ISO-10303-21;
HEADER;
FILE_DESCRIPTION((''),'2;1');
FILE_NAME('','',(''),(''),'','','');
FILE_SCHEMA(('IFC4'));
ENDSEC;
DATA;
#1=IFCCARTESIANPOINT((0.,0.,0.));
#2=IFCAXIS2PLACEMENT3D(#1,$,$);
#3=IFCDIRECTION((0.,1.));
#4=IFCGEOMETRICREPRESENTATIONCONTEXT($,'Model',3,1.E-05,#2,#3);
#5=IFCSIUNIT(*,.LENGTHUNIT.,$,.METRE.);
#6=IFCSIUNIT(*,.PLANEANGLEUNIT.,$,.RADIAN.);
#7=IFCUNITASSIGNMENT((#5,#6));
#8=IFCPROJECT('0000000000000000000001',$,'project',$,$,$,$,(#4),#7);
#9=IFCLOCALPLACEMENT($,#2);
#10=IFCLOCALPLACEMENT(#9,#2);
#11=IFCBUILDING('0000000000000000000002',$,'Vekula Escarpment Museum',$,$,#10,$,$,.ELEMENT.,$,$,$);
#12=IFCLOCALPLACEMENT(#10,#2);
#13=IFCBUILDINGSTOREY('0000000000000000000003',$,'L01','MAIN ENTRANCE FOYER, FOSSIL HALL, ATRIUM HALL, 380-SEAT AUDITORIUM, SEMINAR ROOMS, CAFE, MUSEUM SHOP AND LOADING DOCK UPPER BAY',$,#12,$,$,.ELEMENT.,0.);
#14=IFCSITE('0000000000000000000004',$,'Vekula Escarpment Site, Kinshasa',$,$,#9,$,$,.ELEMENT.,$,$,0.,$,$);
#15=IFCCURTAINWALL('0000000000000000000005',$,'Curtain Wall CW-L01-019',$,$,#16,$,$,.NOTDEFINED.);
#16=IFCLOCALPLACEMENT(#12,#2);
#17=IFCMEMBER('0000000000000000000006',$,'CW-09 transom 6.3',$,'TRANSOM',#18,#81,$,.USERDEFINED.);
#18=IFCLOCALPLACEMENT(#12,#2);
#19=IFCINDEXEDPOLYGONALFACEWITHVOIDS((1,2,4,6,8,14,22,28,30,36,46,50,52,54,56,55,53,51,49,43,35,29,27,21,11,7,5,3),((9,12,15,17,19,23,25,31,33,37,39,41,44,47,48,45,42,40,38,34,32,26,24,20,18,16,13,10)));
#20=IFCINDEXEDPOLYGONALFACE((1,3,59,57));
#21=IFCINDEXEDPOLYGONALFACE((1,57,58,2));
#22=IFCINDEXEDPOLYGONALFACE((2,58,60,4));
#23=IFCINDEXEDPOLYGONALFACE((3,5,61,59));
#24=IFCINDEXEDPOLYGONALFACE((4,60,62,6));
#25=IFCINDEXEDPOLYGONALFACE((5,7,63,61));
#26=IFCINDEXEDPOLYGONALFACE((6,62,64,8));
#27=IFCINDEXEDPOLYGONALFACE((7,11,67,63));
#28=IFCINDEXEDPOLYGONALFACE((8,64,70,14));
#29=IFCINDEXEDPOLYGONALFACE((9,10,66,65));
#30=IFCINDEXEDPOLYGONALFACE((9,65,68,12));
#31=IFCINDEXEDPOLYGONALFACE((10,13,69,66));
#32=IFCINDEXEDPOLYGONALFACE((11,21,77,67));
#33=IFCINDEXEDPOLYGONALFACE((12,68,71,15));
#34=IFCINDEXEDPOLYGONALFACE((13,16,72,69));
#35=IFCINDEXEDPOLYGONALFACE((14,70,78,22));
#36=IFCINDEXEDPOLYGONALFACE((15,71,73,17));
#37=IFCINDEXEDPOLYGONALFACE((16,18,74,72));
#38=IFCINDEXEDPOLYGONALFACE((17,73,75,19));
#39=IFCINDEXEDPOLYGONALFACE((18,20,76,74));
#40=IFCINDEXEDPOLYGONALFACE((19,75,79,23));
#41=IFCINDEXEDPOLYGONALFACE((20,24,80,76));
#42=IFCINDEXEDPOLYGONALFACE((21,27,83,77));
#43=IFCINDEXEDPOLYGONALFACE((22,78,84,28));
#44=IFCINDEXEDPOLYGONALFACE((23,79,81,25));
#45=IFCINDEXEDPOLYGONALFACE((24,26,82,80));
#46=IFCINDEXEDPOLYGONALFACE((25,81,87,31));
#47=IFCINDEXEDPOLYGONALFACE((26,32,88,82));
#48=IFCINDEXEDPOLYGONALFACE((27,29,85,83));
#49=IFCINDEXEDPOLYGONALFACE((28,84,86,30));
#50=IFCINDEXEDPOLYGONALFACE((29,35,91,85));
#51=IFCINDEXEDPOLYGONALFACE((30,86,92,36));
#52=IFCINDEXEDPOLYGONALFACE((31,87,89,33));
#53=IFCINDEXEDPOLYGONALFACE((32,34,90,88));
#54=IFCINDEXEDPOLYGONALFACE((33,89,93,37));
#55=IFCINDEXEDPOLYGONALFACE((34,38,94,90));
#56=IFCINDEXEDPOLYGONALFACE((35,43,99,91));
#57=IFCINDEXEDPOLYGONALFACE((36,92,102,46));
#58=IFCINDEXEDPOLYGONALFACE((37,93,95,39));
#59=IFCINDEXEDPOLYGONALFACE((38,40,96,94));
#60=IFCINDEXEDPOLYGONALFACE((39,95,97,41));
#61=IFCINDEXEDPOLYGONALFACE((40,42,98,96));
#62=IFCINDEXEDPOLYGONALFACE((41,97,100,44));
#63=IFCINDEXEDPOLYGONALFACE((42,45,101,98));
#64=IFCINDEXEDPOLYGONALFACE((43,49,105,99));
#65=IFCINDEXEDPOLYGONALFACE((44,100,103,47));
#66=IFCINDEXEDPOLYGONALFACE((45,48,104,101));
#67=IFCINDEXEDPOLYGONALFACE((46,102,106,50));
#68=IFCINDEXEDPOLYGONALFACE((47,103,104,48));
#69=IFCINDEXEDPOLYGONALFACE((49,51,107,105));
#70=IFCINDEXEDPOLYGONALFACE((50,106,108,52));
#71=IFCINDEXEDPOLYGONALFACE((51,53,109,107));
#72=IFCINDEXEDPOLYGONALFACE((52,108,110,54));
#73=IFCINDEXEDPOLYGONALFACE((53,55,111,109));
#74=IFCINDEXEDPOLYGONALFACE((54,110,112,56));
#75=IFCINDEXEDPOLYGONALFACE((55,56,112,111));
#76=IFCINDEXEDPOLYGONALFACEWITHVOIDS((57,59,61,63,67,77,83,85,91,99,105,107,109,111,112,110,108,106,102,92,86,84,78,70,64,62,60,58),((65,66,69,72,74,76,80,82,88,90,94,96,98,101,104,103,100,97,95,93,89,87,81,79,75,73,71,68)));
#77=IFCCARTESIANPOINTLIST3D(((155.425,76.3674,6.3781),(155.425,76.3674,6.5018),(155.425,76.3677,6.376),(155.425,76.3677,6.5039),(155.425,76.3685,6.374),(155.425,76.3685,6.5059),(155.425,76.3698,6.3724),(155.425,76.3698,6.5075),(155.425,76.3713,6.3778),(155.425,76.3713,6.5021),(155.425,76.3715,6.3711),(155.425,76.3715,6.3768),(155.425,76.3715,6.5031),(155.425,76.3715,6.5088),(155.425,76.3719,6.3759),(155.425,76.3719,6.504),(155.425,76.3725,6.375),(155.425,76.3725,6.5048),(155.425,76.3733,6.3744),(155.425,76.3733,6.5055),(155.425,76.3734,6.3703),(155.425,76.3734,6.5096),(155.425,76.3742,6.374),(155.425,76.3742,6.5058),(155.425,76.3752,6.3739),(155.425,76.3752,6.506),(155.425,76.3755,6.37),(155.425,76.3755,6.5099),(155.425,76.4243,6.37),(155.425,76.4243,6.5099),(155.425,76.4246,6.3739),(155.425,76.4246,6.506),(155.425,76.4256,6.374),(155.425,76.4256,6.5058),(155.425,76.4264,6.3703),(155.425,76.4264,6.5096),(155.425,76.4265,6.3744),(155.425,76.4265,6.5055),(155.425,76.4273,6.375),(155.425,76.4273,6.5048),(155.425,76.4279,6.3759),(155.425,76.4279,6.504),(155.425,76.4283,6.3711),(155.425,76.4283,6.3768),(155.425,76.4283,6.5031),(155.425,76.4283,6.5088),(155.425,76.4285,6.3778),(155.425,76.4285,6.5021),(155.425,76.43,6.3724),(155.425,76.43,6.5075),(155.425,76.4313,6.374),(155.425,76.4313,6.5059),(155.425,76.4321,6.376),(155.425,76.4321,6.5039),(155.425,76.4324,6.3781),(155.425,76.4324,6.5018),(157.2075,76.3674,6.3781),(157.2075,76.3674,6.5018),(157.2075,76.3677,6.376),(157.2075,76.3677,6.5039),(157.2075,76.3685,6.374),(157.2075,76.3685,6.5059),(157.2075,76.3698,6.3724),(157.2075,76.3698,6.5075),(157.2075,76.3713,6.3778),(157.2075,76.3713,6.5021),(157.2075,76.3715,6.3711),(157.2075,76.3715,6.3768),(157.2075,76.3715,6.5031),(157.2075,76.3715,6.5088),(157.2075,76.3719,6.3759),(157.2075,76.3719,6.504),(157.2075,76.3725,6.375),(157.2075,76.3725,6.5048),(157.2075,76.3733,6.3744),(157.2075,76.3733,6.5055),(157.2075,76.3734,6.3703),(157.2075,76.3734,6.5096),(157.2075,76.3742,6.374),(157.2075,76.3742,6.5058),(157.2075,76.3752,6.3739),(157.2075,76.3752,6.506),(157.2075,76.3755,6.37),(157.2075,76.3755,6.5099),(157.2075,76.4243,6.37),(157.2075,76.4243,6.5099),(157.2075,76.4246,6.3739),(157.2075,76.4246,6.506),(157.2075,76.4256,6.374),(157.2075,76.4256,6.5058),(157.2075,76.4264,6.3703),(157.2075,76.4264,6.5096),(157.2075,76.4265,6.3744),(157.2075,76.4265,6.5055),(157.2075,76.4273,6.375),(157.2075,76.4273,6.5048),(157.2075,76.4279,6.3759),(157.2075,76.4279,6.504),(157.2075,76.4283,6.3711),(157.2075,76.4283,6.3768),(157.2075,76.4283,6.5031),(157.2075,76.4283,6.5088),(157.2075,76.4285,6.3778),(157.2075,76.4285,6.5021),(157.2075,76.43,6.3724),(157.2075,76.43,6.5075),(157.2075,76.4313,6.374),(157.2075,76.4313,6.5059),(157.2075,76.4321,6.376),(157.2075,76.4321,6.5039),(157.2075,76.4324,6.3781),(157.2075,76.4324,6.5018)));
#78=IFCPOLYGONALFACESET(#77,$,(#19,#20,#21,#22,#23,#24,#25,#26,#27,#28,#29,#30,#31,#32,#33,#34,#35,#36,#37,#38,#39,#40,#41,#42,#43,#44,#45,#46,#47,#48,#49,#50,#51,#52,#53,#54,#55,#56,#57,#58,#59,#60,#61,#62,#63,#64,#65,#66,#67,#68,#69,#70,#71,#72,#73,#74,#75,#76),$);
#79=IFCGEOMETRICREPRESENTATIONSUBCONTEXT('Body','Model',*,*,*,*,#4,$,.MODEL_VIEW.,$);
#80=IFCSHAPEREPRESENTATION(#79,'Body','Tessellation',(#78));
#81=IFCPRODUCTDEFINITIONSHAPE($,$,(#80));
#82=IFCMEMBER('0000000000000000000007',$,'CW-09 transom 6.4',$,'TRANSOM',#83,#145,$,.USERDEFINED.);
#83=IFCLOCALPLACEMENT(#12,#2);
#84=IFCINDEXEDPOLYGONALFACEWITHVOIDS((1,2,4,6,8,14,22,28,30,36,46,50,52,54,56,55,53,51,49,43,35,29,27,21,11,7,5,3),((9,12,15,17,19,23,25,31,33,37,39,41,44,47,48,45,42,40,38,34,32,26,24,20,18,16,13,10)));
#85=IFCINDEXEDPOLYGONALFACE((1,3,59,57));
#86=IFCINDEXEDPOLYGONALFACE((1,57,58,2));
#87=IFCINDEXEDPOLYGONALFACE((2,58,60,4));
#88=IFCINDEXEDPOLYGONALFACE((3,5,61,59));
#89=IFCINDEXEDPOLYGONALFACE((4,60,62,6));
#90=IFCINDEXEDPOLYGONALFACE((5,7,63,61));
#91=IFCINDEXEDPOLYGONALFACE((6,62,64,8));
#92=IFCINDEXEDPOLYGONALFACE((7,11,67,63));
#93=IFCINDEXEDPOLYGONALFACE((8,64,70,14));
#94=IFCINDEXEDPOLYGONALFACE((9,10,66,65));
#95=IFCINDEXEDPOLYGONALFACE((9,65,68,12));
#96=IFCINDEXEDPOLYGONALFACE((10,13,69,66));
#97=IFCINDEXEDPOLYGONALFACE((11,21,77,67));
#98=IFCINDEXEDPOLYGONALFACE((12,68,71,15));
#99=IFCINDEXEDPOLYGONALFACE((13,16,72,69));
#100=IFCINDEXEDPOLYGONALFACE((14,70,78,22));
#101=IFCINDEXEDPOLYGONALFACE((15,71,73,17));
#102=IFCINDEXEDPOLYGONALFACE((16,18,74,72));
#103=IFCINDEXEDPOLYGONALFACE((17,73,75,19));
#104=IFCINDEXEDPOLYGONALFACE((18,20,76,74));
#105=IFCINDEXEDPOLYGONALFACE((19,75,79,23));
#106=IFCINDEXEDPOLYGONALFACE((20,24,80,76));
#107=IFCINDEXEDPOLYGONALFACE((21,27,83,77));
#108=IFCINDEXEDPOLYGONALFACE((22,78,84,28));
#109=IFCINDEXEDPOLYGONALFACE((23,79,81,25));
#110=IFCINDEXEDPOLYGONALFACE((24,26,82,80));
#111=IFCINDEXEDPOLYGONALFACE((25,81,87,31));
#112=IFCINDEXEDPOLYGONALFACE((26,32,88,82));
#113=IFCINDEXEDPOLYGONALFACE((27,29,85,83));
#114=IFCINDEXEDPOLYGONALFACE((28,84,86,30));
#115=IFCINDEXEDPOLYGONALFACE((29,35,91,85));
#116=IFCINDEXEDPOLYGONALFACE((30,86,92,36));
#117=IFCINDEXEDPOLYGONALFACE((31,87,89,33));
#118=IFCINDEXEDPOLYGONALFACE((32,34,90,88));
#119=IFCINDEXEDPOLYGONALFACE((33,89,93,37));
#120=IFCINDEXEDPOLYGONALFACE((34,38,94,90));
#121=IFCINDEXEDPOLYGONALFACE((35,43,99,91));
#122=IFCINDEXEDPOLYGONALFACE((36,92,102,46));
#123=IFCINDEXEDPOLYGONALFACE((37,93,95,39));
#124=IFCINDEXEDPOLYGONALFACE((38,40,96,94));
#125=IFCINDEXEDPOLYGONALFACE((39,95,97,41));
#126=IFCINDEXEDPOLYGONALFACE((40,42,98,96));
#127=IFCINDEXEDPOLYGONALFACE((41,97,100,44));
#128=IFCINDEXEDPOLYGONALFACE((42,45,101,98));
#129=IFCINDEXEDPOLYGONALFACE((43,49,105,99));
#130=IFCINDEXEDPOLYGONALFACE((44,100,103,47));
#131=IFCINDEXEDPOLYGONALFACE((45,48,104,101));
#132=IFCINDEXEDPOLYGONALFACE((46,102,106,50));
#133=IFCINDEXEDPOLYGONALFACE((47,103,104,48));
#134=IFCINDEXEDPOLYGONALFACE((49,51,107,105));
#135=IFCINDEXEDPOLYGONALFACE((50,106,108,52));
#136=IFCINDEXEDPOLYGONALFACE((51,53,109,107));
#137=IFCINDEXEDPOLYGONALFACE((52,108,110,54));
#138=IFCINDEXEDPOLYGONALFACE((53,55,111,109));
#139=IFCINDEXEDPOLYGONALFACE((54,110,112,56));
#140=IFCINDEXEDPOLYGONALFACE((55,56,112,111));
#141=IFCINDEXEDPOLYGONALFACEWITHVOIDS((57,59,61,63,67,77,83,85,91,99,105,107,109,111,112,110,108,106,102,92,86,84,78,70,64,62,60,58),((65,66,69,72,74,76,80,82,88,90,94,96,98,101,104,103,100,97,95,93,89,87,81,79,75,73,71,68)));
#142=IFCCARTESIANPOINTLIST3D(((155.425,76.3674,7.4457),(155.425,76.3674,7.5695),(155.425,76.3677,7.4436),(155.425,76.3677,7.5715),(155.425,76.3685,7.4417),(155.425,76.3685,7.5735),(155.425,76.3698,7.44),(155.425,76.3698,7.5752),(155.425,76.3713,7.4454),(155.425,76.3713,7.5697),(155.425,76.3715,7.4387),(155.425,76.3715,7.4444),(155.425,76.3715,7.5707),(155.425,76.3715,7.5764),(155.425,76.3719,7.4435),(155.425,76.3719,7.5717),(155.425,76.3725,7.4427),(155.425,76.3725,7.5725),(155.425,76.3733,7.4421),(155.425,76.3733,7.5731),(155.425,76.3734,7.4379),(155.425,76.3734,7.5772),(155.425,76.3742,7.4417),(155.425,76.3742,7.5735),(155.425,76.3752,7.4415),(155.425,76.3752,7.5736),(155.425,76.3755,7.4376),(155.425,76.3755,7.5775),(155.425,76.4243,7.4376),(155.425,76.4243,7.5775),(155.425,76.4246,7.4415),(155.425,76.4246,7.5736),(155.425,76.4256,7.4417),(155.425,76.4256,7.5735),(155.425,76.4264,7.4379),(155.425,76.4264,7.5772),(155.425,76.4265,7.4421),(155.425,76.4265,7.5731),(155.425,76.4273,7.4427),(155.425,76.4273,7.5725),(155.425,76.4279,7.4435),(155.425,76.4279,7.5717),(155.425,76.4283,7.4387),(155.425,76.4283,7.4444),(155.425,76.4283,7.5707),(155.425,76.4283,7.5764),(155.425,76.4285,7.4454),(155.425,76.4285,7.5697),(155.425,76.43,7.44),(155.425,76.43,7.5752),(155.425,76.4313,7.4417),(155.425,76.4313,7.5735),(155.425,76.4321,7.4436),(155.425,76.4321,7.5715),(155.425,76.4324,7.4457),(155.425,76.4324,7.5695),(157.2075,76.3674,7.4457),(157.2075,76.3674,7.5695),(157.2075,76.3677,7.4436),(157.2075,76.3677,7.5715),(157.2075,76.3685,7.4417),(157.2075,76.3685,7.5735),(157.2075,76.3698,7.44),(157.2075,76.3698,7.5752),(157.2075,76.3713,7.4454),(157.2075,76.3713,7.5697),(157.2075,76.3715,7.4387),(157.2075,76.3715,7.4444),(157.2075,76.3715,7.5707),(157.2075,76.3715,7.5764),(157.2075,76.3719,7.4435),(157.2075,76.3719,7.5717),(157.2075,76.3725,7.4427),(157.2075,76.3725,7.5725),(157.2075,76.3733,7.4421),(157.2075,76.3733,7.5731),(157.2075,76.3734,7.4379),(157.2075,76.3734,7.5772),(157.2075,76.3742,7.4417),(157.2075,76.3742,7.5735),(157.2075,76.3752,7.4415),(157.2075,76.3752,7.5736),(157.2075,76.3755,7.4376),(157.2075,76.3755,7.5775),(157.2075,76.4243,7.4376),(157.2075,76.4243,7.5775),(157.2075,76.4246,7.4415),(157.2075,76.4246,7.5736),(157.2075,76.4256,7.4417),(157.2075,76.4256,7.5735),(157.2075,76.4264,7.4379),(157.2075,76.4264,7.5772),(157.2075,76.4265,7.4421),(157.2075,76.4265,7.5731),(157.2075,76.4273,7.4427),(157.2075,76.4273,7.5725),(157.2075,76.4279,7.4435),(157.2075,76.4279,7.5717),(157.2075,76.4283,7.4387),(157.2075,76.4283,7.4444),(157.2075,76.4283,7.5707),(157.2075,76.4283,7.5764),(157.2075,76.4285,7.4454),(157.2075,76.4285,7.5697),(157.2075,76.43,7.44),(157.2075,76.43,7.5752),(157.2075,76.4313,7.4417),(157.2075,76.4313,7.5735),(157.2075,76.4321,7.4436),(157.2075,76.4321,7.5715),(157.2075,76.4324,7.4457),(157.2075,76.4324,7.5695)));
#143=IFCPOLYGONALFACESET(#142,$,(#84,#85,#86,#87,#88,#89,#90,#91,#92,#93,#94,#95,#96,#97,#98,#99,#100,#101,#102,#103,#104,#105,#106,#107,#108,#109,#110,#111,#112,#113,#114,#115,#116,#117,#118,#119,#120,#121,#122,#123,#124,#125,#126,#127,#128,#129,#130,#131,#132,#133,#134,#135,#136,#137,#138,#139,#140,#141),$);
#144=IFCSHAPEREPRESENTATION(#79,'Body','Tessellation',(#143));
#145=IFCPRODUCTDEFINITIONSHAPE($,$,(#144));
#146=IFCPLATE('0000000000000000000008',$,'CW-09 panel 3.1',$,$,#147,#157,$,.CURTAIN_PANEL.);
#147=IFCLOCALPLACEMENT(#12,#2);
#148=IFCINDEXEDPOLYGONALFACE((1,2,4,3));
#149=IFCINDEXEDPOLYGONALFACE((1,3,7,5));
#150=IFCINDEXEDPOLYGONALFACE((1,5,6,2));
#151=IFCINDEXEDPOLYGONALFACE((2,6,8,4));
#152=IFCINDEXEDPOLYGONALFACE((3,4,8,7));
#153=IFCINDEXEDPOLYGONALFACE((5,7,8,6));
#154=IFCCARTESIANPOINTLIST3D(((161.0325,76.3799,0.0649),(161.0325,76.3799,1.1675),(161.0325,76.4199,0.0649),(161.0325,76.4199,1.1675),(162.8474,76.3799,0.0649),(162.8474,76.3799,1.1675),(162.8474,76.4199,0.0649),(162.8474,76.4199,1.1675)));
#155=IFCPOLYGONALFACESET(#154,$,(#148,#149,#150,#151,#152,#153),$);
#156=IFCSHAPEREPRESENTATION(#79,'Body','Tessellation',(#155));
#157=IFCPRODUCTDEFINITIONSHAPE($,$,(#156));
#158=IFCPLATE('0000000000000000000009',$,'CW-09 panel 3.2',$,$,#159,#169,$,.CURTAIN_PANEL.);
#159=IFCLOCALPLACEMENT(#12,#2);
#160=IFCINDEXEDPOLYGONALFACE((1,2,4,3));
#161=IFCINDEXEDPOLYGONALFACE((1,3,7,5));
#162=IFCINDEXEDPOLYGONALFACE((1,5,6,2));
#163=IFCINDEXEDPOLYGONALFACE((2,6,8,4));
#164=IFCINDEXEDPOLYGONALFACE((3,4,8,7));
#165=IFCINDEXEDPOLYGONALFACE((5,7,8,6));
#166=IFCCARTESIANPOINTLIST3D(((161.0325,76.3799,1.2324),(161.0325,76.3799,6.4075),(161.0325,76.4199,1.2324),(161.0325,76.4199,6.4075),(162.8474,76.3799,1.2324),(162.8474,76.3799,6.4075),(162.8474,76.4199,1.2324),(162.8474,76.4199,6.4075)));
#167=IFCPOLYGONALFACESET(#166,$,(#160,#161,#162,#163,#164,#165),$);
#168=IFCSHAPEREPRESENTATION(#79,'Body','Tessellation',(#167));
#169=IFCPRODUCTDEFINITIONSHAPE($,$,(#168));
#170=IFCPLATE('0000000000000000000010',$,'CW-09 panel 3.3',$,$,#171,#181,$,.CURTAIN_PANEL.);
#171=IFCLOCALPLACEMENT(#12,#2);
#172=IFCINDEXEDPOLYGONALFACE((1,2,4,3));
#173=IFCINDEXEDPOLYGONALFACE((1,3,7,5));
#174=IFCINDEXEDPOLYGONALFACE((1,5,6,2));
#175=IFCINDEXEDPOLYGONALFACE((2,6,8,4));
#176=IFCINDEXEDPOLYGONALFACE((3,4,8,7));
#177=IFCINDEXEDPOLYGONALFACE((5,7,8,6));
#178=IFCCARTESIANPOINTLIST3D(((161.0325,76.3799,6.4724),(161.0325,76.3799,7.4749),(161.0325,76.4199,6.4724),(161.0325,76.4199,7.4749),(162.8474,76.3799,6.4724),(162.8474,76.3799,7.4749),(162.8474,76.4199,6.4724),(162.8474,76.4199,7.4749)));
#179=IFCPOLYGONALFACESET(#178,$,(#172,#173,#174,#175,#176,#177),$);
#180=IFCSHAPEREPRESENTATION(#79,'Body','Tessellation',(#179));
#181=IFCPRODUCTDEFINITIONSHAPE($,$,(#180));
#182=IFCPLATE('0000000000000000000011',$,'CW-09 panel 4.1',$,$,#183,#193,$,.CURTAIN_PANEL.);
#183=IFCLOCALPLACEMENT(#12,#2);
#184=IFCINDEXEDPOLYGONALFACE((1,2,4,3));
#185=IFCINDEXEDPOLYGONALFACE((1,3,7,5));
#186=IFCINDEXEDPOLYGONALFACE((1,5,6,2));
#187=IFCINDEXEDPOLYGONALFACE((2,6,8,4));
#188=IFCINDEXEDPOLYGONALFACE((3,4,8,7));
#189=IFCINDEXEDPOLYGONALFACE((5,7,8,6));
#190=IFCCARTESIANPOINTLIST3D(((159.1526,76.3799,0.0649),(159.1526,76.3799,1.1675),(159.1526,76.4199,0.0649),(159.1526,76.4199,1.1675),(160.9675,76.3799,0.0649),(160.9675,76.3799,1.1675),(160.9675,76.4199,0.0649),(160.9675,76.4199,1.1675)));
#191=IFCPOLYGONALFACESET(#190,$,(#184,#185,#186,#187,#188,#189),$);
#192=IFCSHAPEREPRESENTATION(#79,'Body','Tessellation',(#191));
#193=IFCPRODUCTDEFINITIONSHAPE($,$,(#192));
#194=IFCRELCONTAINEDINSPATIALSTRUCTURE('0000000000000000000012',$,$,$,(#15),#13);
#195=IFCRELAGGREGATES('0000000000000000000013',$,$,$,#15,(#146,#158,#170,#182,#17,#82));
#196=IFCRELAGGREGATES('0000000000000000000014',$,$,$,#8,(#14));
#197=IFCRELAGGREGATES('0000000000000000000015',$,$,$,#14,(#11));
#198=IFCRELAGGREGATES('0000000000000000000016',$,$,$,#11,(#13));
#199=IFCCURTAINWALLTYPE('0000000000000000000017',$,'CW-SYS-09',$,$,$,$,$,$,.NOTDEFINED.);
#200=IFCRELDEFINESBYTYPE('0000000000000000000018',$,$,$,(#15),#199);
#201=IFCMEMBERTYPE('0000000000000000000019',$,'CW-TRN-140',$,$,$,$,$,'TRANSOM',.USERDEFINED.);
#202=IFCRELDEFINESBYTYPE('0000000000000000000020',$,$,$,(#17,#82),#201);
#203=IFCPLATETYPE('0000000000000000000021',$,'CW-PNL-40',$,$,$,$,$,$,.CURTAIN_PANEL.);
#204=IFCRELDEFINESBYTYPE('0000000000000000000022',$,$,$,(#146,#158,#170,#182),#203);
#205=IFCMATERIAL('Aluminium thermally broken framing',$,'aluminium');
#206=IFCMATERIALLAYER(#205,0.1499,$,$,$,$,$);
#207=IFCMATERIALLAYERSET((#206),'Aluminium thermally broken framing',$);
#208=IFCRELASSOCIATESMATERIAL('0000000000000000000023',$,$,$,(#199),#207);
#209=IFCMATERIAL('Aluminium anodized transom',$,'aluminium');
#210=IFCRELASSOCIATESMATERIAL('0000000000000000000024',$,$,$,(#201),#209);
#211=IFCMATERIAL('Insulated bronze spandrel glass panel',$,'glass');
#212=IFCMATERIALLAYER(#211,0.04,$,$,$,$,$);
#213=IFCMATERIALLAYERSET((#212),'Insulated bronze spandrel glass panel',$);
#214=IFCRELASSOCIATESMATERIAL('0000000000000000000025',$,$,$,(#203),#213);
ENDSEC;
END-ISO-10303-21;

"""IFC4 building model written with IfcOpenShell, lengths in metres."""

from ifc_helpers import new_model, si_unit, direction, frame, origin, origin_2d, place, context, subcontext, project, spatial, rectangle, hollow_rectangle, extrude, material, layer, layer_set, material_profile, profile_set, type_object, element, aggregate, save


model = new_model("IFC4")

# Units and contexts
model_context = context("Model", 3, precision=1e-05, world=origin(), true_north=direction((0.0, 1.0)))
body_context = subcontext(model_context, "Body", "Model", "MODEL_VIEW")
ifc_project = project(units=[si_unit("LENGTHUNIT", "METRE"), si_unit("PLANEANGLEUNIT", "RADIAN")], contexts=[model_context])

# Site, building, storey
site_placement = place(None, origin())
site = spatial("IfcSite", under=ifc_project, at=site_placement, Name="Vekula Escarpment Site, Kinshasa", CompositionType="ELEMENT", RefElevation=0.0)
building_placement = place(site_placement, origin())
building = spatial("IfcBuilding", under=site, at=building_placement, Name="Vekula Escarpment Museum", CompositionType="ELEMENT")
storey_placement = place(building_placement, origin())
storey = spatial("IfcBuildingStorey", under=building, at=storey_placement, Name="L01", Description="MAIN ENTRANCE FOYER, FOSSIL HALL, ATRIUM HALL, 380-SEAT AUDITORIUM, SEMINAR ROOMS, CAFE, MUSEUM SHOP AND LOADING DOCK UPPER BAY", CompositionType="ELEMENT", Elevation=0.0)

# Curtain wall
ifc_material_1 = material(Name="Aluminium thermally broken framing", Category="aluminium")
ifc_layer_1 = layer(ifc_material_1, 0.1499)
ifc_layer_set_1 = layer_set([ifc_layer_1], Name="Aluminium thermally broken framing")
curtain_wall_type_1 = type_object("IfcCurtainWallType", Name="CW-SYS-09", PredefinedType="NOTDEFINED", material=ifc_layer_set_1)
curtain_wall_1_placement = place(storey_placement, origin())
curtain_wall_1 = element("IfcCurtainWall", 1, at=curtain_wall_1_placement, inside=storey, type_object=curtain_wall_type_1, Name="Curtain Wall CW-L01-019", PredefinedType="NOTDEFINED")

# Members
ifc_material_2 = material(Name="Aluminium anodized transom", Category="aluminium")
ifc_material_profile_1 = material_profile(ifc_material_2, hollow_rectangle(XDim=0.0649, YDim=0.1399, WallThickness=0.0039, InnerFilletRadius=0.0039, OuterFilletRadius=0.0081, at=origin_2d()), Name="ALU 140x65x4")
ifc_profile_set_1 = profile_set([ifc_material_profile_1], Name="Aluminium anodized transom")
member_type_1 = type_object("IfcMemberType", Name="CW-TRN-140", ElementType="TRANSOM", PredefinedType="USERDEFINED", material=ifc_profile_set_1)
member_1_placement = place(storey_placement, frame((157.2075, 76.3999, 6.4399), z_axis=(-1.0, 0.0, 0.0), x_axis=(0.0, -1.0, 0.0)))
member_1 = element("IfcMember", 2, at=member_1_placement, type_object=member_type_1, Name="CW-09 transom 6.3", ObjectType="TRANSOM", PredefinedType="USERDEFINED", context=body_context, shape_type="SweptSolid", body=[
    extrude(hollow_rectangle(XDim=0.0649, YDim=0.1399, WallThickness=0.0039, InnerFilletRadius=0.0039, OuterFilletRadius=0.0081, at=origin_2d()), origin(), (0.0, 0.0, 1.0), 1.7825),
])
member_2_placement = place(storey_placement, frame((157.2075, 76.3999, 7.5076), z_axis=(-1.0, 0.0, 0.0), x_axis=(0.0, -1.0, 0.0)))
member_2 = element("IfcMember", 3, at=member_2_placement, type_object=member_type_1, Name="CW-09 transom 6.4", ObjectType="TRANSOM", PredefinedType="USERDEFINED", context=body_context, shape_type="SweptSolid", body=[
    extrude(hollow_rectangle(XDim=0.0649, YDim=0.1399, WallThickness=0.0039, InnerFilletRadius=0.0039, OuterFilletRadius=0.0081, at=origin_2d()), origin(), (0.0, 0.0, 1.0), 1.7825),
])

# Plates
ifc_material_3 = material(Name="Insulated bronze spandrel glass panel", Category="glass")
ifc_layer_2 = layer(ifc_material_3, 0.04)
ifc_layer_set_2 = layer_set([ifc_layer_2], Name="Insulated bronze spandrel glass panel")
plate_type = type_object("IfcPlateType", Name="CW-PNL-40", PredefinedType="CURTAIN_PANEL", material=ifc_layer_set_2)
plate_1_placement = place(storey_placement, frame((161.9399, 76.3999, 0.0649), z_axis=(0.0, 0.0, 1.0), x_axis=(-1.0, 0.0, 0.0)))
plate_1 = element("IfcPlate", 4, at=plate_1_placement, type_object=plate_type, Name="CW-09 panel 3.1", PredefinedType="CURTAIN_PANEL", context=body_context, shape_type="SweptSolid", body=[
    extrude(rectangle(XDim=1.8149, YDim=0.04, at=origin_2d()), origin(), (0.0, 0.0, 1.0), 1.1025),
])
plate_2_placement = place(storey_placement, frame((161.9399, 76.3999, 1.2324), z_axis=(0.0, 0.0, 1.0), x_axis=(-1.0, 0.0, 0.0)))
plate_2 = element("IfcPlate", 5, at=plate_2_placement, type_object=plate_type, Name="CW-09 panel 3.2", PredefinedType="CURTAIN_PANEL", context=body_context, shape_type="SweptSolid", body=[
    extrude(rectangle(XDim=1.8149, YDim=0.04, at=origin_2d()), origin(), (0.0, 0.0, 1.0), 5.175),
])
plate_3_placement = place(storey_placement, frame((161.9399, 76.3999, 6.4724), z_axis=(0.0, 0.0, 1.0), x_axis=(-1.0, 0.0, 0.0)))
plate_3 = element("IfcPlate", 6, at=plate_3_placement, type_object=plate_type, Name="CW-09 panel 3.3", PredefinedType="CURTAIN_PANEL", context=body_context, shape_type="SweptSolid", body=[
    extrude(rectangle(XDim=1.8149, YDim=0.04, at=origin_2d()), origin(), (0.0, 0.0, 1.0), 1.0024),
])
plate_4_placement = place(storey_placement, frame((160.0601, 76.3999, 0.0649), z_axis=(0.0, 0.0, 1.0), x_axis=(-1.0, 0.0, 0.0)))
plate_4 = element("IfcPlate", 7, at=plate_4_placement, type_object=plate_type, Name="CW-09 panel 4.1", PredefinedType="CURTAIN_PANEL", context=body_context, shape_type="SweptSolid", body=[
    extrude(rectangle(XDim=1.8149, YDim=0.04, at=origin_2d()), origin(), (0.0, 0.0, 1.0), 1.1025),
])
aggregate(curtain_wall_1, [plate_1, plate_2, plate_3, plate_4, member_1, member_2])

save(model, "model.ifc")
